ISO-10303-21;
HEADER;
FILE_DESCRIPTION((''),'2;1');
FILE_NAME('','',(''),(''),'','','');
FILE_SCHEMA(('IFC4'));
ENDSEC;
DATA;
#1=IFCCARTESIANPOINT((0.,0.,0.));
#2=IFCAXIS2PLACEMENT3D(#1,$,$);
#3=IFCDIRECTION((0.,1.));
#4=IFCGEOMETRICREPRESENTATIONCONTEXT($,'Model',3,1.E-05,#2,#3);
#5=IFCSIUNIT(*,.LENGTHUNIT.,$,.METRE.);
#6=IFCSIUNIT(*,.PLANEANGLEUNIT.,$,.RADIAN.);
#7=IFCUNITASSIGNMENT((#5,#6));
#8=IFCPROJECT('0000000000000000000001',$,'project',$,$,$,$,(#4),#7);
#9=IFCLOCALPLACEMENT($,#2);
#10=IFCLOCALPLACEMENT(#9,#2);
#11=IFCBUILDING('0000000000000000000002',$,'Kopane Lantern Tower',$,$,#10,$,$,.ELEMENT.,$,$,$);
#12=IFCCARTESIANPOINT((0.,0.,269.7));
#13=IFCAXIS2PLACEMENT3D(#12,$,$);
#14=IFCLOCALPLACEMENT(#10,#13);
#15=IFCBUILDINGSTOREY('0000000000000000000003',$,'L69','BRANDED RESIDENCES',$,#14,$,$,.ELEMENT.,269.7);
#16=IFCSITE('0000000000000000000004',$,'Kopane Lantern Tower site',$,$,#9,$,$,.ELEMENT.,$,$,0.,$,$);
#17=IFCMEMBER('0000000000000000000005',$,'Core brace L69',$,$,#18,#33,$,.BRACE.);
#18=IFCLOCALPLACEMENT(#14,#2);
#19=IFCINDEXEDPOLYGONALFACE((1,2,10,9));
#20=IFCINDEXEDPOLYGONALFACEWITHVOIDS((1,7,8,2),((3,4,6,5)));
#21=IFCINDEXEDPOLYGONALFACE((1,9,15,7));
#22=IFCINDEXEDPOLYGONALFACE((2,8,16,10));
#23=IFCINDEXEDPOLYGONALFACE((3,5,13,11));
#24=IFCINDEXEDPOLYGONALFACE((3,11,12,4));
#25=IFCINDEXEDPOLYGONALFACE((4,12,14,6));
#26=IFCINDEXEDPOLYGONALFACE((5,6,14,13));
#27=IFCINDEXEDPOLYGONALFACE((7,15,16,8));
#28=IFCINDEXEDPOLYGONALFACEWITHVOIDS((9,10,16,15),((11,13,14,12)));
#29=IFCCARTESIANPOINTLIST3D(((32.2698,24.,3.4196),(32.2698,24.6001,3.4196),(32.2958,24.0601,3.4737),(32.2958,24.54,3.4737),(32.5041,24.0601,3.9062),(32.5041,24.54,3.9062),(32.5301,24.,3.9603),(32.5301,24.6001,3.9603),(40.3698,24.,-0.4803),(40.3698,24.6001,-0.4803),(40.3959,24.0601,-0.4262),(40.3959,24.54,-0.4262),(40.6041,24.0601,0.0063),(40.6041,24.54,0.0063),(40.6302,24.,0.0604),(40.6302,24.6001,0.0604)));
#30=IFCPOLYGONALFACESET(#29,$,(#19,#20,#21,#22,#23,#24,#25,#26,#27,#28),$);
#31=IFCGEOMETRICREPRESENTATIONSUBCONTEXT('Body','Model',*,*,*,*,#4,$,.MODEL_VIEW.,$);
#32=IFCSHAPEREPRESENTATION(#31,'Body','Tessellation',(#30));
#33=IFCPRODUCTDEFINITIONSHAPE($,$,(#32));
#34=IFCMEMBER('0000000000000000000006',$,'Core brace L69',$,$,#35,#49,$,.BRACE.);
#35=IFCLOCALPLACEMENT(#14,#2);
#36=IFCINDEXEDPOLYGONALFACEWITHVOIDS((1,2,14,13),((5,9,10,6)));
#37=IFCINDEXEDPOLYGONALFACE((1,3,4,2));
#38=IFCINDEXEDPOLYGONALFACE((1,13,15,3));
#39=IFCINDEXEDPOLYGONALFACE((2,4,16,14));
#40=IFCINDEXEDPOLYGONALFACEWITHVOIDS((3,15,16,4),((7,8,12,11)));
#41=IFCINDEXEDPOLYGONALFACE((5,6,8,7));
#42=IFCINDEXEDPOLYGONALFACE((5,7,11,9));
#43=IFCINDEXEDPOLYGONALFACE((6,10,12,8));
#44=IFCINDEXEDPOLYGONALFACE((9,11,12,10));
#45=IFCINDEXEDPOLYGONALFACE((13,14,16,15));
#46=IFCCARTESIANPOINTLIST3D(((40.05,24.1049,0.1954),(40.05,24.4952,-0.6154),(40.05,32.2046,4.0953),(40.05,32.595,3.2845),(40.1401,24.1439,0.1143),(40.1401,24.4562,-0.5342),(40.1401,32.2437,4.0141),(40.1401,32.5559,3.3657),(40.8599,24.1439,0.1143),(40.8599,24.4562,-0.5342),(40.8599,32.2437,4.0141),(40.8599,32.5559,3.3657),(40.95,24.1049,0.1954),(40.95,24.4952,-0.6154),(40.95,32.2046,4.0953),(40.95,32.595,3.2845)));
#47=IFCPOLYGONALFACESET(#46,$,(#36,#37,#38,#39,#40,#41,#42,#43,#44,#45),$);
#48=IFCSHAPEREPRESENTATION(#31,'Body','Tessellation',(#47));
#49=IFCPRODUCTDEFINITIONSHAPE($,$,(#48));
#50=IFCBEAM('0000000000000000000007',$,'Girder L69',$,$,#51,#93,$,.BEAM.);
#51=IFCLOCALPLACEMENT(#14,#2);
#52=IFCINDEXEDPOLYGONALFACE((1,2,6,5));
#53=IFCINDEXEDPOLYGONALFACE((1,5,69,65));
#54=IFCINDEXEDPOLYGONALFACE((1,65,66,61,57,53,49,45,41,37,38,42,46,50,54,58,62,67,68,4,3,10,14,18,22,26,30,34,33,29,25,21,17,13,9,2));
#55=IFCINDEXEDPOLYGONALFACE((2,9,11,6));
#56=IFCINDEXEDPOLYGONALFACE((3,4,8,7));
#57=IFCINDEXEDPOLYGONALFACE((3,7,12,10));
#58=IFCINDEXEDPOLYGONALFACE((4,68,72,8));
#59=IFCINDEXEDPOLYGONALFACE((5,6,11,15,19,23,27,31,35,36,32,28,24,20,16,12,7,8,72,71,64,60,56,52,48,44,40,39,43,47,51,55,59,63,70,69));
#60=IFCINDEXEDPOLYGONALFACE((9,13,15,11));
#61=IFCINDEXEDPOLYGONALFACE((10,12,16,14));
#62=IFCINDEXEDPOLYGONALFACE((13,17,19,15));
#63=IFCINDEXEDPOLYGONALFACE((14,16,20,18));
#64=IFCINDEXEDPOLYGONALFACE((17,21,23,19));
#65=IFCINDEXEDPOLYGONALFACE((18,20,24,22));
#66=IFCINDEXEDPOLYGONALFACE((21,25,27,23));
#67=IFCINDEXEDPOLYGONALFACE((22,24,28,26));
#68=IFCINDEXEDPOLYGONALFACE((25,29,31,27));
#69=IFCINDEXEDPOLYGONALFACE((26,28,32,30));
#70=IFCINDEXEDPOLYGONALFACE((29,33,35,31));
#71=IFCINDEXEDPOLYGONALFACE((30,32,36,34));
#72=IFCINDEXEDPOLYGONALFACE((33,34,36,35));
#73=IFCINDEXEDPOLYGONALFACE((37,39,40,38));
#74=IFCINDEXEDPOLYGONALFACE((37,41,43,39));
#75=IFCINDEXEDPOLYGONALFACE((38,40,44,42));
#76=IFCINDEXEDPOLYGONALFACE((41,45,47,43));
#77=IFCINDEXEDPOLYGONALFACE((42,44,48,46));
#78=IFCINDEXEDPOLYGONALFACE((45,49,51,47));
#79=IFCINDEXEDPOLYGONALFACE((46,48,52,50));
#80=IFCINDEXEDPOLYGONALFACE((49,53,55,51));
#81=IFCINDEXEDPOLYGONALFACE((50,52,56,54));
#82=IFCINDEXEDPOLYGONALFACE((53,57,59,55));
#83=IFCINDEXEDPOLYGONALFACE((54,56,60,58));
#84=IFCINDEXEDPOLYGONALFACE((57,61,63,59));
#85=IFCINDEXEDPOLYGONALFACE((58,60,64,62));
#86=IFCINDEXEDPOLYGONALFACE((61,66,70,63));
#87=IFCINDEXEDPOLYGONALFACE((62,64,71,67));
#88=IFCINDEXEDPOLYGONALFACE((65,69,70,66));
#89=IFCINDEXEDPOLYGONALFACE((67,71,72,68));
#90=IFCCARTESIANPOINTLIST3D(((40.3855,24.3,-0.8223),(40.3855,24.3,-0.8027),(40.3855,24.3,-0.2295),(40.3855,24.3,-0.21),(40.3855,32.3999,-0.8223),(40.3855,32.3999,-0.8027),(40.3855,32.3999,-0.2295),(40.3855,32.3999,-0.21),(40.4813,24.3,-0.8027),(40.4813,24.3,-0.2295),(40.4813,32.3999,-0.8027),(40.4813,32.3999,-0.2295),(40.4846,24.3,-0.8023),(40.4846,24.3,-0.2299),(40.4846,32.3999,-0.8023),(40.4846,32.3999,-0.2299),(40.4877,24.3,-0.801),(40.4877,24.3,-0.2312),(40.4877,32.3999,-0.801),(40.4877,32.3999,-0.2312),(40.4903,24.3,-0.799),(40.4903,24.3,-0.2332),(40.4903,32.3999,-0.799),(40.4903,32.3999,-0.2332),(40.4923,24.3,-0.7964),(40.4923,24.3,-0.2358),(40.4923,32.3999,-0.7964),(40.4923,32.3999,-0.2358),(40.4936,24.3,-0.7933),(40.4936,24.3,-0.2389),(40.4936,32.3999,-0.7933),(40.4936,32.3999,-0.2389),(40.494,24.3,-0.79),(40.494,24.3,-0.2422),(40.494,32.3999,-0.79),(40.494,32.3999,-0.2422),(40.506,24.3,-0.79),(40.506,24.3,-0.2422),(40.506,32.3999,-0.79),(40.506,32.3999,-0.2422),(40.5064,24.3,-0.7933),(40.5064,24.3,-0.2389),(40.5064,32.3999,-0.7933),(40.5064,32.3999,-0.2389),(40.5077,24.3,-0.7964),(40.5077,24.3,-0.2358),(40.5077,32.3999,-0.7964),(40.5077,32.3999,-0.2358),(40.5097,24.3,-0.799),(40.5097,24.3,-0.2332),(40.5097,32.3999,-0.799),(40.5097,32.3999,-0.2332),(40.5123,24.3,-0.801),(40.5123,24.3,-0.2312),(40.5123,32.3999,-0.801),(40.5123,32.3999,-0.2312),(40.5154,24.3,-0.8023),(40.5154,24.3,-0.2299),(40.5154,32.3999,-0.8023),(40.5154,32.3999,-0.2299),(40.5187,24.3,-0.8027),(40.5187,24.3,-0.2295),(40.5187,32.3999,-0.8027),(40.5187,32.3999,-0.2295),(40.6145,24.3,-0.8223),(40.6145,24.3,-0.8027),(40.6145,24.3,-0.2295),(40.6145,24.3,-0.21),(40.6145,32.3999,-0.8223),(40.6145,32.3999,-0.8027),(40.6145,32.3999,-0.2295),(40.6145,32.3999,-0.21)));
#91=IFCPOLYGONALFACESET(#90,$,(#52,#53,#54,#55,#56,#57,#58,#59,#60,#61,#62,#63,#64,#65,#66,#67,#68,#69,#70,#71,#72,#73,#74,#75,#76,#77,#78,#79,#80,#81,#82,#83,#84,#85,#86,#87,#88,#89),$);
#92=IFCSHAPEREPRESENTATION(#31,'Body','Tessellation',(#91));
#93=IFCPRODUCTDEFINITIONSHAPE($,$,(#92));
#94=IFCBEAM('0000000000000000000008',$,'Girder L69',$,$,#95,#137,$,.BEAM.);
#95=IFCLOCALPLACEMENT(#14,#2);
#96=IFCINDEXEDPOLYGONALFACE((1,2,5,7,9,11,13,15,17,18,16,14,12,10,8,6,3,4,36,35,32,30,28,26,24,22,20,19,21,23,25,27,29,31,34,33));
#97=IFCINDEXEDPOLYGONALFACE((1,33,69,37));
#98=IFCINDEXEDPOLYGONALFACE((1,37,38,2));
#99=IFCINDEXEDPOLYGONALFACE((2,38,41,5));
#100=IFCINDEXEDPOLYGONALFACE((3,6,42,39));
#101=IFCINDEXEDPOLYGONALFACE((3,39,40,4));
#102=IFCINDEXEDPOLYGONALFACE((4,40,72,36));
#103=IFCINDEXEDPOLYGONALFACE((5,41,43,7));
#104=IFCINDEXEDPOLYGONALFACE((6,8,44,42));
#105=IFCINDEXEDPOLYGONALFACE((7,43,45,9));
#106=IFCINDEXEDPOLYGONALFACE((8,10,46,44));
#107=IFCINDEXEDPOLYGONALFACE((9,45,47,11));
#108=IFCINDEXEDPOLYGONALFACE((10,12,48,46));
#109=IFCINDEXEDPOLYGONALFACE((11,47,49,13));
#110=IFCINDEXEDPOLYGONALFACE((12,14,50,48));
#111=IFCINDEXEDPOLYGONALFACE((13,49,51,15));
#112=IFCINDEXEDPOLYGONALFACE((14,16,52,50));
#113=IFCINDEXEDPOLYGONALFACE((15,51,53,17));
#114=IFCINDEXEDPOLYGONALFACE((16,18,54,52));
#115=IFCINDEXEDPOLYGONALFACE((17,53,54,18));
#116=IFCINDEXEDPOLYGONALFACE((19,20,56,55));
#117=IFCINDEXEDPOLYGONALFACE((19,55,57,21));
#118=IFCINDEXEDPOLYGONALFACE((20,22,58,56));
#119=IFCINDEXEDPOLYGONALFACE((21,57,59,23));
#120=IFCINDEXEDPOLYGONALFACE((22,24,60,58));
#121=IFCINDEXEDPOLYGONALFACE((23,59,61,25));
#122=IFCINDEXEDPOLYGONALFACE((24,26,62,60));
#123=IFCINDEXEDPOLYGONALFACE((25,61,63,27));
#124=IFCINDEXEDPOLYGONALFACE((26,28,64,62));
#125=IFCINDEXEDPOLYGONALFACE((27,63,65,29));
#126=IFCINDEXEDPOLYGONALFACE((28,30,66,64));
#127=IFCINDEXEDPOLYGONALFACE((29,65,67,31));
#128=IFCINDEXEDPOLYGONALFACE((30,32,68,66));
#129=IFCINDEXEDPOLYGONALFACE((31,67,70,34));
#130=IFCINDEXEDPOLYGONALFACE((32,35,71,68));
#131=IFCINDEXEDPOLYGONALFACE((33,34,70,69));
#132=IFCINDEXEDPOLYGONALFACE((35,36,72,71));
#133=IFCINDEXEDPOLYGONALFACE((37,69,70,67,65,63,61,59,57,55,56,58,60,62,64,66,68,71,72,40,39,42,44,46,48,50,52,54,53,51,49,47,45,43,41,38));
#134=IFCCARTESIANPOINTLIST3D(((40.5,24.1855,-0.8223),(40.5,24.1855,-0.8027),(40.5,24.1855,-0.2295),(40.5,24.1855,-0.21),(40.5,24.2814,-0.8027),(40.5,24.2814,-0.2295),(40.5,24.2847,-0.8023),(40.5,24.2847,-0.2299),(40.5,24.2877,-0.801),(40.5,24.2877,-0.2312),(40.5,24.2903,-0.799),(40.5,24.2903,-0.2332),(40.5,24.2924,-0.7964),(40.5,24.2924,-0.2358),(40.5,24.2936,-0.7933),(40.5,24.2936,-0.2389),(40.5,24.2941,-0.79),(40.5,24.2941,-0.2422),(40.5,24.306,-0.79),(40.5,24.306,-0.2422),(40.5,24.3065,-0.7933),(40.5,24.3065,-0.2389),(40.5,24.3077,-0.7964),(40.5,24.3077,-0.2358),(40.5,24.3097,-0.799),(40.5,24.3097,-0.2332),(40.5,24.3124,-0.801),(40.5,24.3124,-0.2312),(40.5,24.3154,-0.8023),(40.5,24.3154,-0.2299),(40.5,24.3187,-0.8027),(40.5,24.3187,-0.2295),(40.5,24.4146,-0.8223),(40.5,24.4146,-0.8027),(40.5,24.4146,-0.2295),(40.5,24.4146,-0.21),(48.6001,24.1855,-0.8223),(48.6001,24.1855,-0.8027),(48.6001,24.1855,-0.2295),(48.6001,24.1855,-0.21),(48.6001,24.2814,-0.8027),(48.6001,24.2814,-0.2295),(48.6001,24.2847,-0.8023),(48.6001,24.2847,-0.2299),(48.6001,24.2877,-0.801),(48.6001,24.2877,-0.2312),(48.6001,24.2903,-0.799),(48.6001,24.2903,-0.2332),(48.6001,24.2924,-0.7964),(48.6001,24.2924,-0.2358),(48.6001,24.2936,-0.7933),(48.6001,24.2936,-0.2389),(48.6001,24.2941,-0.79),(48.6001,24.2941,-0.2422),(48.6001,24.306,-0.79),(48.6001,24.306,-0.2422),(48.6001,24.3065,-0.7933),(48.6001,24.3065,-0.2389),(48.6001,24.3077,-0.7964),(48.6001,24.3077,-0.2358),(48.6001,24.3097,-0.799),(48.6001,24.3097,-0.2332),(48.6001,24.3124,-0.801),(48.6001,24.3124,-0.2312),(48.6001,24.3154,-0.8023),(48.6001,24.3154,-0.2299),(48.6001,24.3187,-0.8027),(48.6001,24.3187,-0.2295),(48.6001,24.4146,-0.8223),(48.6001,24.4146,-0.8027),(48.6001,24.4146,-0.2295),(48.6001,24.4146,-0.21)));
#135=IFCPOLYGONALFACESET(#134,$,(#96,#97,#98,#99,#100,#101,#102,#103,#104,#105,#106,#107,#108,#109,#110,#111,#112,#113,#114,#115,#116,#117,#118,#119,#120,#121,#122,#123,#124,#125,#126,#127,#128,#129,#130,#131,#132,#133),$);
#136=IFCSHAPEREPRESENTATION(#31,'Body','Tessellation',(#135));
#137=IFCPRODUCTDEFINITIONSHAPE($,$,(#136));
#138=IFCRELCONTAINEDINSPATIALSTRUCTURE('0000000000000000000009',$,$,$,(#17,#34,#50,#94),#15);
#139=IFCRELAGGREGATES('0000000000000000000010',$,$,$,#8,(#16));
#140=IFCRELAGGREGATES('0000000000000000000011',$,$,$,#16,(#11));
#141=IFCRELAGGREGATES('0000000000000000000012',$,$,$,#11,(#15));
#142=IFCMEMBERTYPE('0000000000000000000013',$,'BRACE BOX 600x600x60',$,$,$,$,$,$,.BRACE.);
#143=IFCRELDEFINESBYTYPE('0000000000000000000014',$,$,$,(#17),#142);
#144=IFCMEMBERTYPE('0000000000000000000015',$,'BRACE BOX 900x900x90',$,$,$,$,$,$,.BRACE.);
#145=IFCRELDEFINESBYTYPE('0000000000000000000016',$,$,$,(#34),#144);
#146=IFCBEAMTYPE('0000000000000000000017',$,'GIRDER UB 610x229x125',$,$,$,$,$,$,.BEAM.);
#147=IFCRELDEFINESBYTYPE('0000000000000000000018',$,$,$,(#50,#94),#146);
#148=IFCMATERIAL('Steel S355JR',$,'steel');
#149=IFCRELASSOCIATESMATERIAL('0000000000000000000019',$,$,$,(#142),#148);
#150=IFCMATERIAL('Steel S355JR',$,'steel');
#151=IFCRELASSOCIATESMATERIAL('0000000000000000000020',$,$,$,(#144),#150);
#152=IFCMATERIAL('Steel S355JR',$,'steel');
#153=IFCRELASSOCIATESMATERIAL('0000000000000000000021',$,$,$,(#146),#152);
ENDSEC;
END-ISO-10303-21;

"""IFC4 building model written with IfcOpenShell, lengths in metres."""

from ifc_helpers import new_model, si_unit, direction, frame, origin, origin_2d, place, context, subcontext, project, spatial, hollow_rectangle, i_section, extrude, material, material_profile, profile_set, type_object, element, save


model = new_model("IFC4")

# Units and contexts
model_context = context("Model", 3, precision=1e-05, world=origin(), true_north=direction((0.0, 1.0)))
body_context = subcontext(model_context, "Body", "Model", "MODEL_VIEW")
ifc_project = project(units=[si_unit("LENGTHUNIT", "METRE"), si_unit("PLANEANGLEUNIT", "RADIAN")], contexts=[model_context])

# Site, building, storey
site_placement = place(None, origin())
site = spatial("IfcSite", under=ifc_project, at=site_placement, Name="Kopane Lantern Tower site", CompositionType="ELEMENT", RefElevation=0.0)
building_placement = place(site_placement, origin())
building = spatial("IfcBuilding", under=site, at=building_placement, Name="Kopane Lantern Tower", CompositionType="ELEMENT")
storey_placement = place(building_placement, frame((0.0, 0.0, 269.7)))
storey = spatial("IfcBuildingStorey", under=building, at=storey_placement, Name="L69", Description="BRANDED RESIDENCES", CompositionType="ELEMENT", Elevation=269.7)

# Members
ifc_material_1 = material(Name="Steel S355JR", Category="steel")
ifc_material_profile_1 = material_profile(ifc_material_1, hollow_rectangle(XDim=0.6001, YDim=0.6001, WallThickness=0.0601, at=origin_2d()), Name="BOX 600x600x60")
ifc_profile_set_1 = profile_set([ifc_material_profile_1], Name="Steel S355JR")
member_type_1 = type_object("IfcMemberType", Name="BRACE BOX 600x600x60", PredefinedType="BRACE", material=ifc_profile_set_1)
member_1_placement = place(storey_placement, frame((40.5, 24.3, -0.21), z_axis=(-0.901008, 0.0, 0.433803), x_axis=(0.0, -1.0, 0.0)))
element("IfcMember", 1, at=member_1_placement, inside=storey, type_object=member_type_1, Name="Core brace L69", PredefinedType="BRACE", context=body_context, shape_type="SweptSolid", body=[
    extrude(hollow_rectangle(XDim=0.6001, YDim=0.6001, WallThickness=0.0601, at=origin_2d()), origin(), (0.0, 0.0, 1.0), 8.99),
])
ifc_material_2 = material(Name="Steel S355JR", Category="steel")
ifc_material_profile_2 = material_profile(ifc_material_2, hollow_rectangle(XDim=0.8999, YDim=0.8999, WallThickness=0.0901, at=origin_2d()), Name="BOX 900x900x90")
ifc_profile_set_2 = profile_set([ifc_material_profile_2], Name="Steel S355JR")
member_type_2 = type_object("IfcMemberType", Name="BRACE BOX 900x900x90", PredefinedType="BRACE", material=ifc_profile_set_2)
member_2_placement = place(storey_placement, frame((40.5, 24.3, -0.21), z_axis=(0.0, 0.901003, 0.433813), x_axis=(-1.0, 0.0, 0.0)))
element("IfcMember", 2, at=member_2_placement, inside=storey, type_object=member_type_2, Name="Core brace L69", PredefinedType="BRACE", context=body_context, shape_type="SweptSolid", body=[
    extrude(hollow_rectangle(XDim=0.8999, YDim=0.8999, WallThickness=0.0901, at=origin_2d()), origin(), (0.0, 0.0, 1.0), 8.9897),
])

# Beams
ifc_material_3 = material(Name="Steel S355JR", Category="steel")
ifc_material_profile_3 = material_profile(ifc_material_3, i_section(OverallWidth=0.229, OverallDepth=0.6123, WebThickness=0.012, FlangeThickness=0.0195, FilletRadius=0.0127, at=origin_2d()), Name="UB 610x229x125")
ifc_profile_set_3 = profile_set([ifc_material_profile_3], Name="Steel S355JR")
beam_type = type_object("IfcBeamType", Name="GIRDER UB 610x229x125", PredefinedType="BEAM", material=ifc_profile_set_3)
beam_1_placement = place(storey_placement, frame((40.5, 24.3, -0.5161), z_axis=(0.0, 1.0, 0.0), x_axis=(-1.0, 0.0, 0.0)))
element("IfcBeam", 3, at=beam_1_placement, inside=storey, type_object=beam_type, Name="Girder L69", PredefinedType="BEAM", context=body_context, shape_type="SweptSolid", body=[
    extrude(i_section(OverallWidth=0.229, OverallDepth=0.6123, WebThickness=0.012, FlangeThickness=0.0195, FilletRadius=0.0127, at=origin_2d()), origin(), (0.0, 0.0, 1.0), 8.0999),
])
beam_2_placement = place(storey_placement, frame((40.5, 24.3, -0.5161), z_axis=(1.0, 0.0, 0.0), x_axis=(0.0, 1.0, 0.0)))
element("IfcBeam", 4, at=beam_2_placement, inside=storey, type_object=beam_type, Name="Girder L69", PredefinedType="BEAM", context=body_context, shape_type="SweptSolid", body=[
    extrude(i_section(OverallWidth=0.229, OverallDepth=0.6123, WebThickness=0.012, FlangeThickness=0.0195, FilletRadius=0.0127, at=origin_2d()), origin(), (0.0, 0.0, 1.0), 8.1001),
])

save(model, "model.ifc")
